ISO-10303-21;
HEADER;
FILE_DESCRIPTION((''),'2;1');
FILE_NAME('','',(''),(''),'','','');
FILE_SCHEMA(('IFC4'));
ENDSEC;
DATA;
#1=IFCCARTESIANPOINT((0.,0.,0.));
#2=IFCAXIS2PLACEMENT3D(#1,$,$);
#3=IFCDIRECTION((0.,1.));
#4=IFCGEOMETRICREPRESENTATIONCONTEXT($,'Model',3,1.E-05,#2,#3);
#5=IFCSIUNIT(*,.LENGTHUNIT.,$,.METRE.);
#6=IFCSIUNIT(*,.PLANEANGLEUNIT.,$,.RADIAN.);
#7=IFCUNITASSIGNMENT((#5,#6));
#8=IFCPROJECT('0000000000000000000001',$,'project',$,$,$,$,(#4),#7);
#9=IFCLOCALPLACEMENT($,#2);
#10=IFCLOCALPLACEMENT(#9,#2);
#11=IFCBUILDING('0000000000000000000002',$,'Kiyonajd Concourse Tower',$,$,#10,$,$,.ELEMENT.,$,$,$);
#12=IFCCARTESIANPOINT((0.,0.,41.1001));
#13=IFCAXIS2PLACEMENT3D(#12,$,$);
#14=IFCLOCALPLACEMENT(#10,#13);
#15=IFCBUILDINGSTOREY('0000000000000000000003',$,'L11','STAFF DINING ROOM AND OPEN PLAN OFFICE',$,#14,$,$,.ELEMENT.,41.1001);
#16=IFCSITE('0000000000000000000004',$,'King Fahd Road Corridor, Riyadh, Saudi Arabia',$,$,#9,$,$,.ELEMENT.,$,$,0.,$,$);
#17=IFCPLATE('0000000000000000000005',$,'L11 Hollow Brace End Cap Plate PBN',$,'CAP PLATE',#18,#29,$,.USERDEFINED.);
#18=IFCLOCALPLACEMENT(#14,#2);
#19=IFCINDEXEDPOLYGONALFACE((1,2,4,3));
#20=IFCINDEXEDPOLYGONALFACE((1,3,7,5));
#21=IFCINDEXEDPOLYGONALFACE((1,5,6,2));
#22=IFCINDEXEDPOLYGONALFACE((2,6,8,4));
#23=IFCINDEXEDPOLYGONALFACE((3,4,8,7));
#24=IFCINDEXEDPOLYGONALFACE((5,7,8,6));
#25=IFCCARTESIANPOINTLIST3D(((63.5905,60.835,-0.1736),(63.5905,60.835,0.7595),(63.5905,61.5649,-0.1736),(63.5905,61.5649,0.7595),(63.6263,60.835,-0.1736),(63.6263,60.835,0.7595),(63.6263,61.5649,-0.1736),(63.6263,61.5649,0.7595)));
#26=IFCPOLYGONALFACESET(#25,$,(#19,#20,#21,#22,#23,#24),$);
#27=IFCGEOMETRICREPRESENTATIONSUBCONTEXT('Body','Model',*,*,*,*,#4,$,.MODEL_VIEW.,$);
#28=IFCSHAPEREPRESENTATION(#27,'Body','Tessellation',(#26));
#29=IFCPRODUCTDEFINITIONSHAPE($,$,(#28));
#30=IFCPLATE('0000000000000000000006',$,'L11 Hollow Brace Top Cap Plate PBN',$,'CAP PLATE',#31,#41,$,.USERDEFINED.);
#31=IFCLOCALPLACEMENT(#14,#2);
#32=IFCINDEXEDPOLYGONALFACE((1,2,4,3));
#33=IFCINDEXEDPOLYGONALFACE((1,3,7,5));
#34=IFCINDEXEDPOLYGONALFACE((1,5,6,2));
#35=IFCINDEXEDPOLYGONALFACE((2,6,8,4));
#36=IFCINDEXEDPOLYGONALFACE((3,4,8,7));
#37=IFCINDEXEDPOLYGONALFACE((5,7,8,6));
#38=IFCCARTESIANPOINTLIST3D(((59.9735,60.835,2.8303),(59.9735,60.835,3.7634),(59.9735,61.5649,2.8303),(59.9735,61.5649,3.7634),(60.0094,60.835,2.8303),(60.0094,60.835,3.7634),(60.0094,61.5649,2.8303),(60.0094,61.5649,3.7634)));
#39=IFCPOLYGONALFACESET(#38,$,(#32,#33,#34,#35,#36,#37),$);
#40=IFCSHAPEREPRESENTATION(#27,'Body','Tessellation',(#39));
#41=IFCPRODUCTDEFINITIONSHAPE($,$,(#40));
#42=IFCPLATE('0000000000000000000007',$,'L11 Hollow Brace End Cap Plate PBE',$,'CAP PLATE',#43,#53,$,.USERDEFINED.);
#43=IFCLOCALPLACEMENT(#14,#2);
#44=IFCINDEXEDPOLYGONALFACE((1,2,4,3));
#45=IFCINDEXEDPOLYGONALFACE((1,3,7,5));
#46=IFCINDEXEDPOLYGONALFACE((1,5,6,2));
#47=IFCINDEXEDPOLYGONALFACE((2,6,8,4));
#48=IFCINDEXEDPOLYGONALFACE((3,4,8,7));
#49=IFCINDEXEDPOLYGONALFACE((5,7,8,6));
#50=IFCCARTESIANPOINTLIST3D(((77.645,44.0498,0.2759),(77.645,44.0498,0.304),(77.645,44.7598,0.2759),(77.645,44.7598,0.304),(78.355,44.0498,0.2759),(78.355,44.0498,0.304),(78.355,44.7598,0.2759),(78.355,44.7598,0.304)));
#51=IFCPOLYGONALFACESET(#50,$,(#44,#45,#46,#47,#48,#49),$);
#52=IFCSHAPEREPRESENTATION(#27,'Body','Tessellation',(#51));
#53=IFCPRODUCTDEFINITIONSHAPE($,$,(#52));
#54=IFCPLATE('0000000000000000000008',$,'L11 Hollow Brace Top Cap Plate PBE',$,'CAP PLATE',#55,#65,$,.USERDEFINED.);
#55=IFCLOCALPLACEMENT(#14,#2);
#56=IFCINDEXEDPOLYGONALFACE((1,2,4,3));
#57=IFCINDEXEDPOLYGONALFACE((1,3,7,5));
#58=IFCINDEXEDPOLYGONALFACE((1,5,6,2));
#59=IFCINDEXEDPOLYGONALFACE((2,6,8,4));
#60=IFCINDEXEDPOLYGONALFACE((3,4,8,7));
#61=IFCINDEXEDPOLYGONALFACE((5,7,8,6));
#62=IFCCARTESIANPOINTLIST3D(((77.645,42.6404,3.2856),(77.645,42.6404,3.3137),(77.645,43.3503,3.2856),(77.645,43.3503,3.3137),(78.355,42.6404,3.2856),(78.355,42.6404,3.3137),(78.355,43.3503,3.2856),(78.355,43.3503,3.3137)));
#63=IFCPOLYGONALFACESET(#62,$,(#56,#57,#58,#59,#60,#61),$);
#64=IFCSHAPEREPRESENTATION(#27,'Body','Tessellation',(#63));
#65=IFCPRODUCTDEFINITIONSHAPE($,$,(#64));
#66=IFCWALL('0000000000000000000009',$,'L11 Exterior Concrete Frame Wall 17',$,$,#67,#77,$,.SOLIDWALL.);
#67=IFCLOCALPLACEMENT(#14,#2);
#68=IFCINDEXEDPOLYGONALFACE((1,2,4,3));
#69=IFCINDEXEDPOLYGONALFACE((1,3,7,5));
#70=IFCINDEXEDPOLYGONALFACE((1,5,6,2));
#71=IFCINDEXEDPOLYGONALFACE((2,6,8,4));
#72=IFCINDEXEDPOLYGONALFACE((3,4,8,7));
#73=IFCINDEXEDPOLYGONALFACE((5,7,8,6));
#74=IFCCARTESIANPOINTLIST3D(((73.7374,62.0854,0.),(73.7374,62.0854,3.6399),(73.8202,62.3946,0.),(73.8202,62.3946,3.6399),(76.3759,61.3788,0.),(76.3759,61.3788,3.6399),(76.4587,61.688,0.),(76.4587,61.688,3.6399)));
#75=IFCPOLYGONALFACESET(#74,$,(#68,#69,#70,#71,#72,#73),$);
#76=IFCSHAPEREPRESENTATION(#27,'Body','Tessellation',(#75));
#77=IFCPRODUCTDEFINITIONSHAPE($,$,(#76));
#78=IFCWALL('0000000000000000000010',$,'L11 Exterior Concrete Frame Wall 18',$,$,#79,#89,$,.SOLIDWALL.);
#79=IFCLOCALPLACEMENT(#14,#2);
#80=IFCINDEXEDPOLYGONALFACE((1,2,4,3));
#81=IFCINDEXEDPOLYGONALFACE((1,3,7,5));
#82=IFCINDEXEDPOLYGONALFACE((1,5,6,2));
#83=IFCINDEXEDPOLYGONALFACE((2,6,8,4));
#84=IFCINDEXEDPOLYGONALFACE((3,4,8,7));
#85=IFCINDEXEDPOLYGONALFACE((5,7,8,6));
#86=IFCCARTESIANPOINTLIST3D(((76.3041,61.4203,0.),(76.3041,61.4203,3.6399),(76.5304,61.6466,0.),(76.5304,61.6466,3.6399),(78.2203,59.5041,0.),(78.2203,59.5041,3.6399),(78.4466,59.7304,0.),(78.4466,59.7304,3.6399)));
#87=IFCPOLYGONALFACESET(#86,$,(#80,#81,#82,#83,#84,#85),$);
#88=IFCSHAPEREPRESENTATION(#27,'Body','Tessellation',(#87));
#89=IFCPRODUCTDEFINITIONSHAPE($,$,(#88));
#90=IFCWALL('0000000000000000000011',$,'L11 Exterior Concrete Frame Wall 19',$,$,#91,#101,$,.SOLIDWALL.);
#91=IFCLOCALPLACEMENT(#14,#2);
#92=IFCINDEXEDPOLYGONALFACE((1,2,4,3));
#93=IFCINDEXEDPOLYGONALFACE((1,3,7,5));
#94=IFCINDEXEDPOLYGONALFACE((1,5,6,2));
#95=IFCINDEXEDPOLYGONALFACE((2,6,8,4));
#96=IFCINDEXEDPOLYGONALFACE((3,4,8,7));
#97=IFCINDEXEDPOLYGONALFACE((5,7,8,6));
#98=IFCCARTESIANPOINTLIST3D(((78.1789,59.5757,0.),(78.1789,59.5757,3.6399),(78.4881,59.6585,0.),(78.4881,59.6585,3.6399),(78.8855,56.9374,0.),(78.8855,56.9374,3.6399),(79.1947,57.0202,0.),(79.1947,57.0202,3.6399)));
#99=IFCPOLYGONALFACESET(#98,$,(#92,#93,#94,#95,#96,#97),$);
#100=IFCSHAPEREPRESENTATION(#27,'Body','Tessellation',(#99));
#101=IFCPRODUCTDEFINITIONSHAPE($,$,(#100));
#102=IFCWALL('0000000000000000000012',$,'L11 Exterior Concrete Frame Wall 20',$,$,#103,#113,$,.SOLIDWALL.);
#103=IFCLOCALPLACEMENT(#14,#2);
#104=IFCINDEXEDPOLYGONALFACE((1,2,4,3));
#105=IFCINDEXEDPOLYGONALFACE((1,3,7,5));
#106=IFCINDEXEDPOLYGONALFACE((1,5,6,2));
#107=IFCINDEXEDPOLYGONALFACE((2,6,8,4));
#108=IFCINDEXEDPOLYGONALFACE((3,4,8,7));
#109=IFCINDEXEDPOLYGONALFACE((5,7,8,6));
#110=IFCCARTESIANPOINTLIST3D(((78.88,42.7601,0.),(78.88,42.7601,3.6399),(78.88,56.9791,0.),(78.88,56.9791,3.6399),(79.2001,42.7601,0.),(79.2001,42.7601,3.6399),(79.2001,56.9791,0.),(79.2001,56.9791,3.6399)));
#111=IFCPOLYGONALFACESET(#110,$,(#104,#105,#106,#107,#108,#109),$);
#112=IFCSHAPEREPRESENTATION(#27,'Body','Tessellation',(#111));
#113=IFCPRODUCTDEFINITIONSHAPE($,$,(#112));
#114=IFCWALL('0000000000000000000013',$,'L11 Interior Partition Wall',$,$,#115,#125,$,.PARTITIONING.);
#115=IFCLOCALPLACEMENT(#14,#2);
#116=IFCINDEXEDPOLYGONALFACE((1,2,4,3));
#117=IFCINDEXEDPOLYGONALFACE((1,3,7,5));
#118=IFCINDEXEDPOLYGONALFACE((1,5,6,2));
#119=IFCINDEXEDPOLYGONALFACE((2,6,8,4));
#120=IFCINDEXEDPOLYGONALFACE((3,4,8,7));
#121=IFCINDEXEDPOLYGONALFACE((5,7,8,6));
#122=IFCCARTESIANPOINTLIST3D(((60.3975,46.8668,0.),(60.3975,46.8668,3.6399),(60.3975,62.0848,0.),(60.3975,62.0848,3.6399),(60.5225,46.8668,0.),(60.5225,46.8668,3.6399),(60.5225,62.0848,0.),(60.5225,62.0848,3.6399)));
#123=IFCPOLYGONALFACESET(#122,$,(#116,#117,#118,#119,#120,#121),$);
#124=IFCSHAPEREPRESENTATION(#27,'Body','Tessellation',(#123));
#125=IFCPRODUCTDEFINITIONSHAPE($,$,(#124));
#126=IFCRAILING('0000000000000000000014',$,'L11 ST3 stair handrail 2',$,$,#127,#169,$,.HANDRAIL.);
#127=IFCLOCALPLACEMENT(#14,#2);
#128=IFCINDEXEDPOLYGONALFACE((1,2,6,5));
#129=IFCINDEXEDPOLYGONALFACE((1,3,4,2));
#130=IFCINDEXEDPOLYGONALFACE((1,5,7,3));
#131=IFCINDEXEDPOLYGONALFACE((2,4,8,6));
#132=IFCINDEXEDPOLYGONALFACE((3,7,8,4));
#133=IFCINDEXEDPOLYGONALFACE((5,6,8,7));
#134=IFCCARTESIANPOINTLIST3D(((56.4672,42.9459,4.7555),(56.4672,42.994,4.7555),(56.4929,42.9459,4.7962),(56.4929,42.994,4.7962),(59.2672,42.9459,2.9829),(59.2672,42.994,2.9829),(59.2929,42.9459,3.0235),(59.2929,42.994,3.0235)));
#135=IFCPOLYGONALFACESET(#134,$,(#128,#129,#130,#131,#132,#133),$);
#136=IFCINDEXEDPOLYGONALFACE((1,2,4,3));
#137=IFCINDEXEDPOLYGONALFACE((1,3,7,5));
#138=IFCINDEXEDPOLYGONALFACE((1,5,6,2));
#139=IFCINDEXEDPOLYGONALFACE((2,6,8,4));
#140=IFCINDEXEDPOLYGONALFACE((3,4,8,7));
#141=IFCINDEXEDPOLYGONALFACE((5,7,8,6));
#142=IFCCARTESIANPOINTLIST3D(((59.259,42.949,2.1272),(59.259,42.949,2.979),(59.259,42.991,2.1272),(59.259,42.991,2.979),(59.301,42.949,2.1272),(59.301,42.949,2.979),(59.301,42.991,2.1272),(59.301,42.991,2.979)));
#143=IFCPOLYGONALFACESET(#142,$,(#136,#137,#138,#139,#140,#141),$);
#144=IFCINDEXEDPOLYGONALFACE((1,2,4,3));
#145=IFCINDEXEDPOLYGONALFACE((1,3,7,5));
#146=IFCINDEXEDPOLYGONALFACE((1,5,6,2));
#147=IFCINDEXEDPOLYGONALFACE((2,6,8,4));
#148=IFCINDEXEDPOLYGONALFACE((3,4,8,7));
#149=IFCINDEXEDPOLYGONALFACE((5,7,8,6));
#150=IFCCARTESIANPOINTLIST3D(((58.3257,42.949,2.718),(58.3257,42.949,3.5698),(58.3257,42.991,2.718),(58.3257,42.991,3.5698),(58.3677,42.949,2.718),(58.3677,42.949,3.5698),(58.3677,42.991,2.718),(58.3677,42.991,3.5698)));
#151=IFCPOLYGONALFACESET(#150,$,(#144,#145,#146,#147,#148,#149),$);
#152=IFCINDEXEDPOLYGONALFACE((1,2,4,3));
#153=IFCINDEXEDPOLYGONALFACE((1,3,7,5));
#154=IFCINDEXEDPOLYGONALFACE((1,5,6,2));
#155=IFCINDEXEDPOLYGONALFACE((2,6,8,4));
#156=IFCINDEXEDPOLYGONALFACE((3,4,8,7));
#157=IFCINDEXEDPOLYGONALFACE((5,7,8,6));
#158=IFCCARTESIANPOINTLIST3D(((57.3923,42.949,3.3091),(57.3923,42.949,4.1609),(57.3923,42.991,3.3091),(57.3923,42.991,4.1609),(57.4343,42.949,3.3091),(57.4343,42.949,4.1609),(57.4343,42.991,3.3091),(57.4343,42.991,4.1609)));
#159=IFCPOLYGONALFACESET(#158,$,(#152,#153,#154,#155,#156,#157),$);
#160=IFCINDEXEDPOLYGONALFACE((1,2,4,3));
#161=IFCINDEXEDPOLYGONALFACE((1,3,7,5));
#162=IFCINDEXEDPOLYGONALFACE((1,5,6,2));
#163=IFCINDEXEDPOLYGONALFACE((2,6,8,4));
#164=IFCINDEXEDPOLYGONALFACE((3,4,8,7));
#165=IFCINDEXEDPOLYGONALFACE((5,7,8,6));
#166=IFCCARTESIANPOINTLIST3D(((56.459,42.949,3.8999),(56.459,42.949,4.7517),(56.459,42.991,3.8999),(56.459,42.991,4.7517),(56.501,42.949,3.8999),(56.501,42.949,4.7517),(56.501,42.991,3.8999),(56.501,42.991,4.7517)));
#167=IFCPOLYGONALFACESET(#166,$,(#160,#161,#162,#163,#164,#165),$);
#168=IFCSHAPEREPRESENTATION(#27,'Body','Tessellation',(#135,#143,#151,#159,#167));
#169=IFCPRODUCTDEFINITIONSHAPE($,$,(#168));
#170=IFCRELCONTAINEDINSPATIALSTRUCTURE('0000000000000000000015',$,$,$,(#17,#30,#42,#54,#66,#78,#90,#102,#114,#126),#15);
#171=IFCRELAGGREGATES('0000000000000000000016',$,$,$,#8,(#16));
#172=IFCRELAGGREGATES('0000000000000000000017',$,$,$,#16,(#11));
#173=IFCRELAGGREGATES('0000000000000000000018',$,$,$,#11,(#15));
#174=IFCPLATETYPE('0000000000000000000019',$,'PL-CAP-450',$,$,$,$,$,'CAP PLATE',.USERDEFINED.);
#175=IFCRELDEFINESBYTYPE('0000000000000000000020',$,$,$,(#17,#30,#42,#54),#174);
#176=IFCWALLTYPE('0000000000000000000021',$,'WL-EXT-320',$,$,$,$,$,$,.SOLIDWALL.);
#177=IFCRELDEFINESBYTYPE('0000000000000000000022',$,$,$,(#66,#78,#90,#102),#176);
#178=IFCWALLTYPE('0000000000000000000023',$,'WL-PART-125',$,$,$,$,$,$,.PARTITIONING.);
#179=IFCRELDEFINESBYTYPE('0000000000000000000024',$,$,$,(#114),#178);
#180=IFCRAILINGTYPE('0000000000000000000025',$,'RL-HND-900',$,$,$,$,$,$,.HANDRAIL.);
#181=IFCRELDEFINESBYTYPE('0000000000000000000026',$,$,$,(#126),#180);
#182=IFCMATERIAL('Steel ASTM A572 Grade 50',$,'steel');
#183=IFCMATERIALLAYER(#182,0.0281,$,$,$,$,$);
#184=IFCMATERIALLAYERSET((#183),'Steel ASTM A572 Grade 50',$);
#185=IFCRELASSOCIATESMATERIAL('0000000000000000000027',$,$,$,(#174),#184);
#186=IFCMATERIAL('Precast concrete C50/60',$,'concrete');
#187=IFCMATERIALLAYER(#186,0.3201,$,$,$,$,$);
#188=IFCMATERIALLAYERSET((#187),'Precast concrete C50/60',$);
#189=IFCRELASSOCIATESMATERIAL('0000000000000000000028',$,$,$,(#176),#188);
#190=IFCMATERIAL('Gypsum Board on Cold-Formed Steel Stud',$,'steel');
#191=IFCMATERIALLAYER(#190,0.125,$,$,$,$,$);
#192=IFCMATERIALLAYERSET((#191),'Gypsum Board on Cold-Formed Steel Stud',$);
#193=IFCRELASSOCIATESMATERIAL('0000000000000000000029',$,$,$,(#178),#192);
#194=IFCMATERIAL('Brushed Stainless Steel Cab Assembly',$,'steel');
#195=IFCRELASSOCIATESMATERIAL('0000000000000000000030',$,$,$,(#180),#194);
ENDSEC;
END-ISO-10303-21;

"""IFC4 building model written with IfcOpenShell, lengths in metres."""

from ifc_helpers import new_model, si_unit, direction, frame, frame_2d, origin, origin_2d, place, context, subcontext, project, spatial, rectangle, extrude, material, layer, layer_set, type_object, element, save


model = new_model("IFC4")

# Units and contexts
model_context = context("Model", 3, precision=1e-05, world=origin(), true_north=direction((0.0, 1.0)))
body_context = subcontext(model_context, "Body", "Model", "MODEL_VIEW")
ifc_project = project(units=[si_unit("LENGTHUNIT", "METRE"), si_unit("PLANEANGLEUNIT", "RADIAN")], contexts=[model_context])

# Site, building, storey
site_placement = place(None, origin())
site = spatial("IfcSite", under=ifc_project, at=site_placement, Name="King Fahd Road Corridor, Riyadh, Saudi Arabia", CompositionType="ELEMENT", RefElevation=0.0)
building_placement = place(site_placement, origin())
building = spatial("IfcBuilding", under=site, at=building_placement, Name="Kiyonajd Concourse Tower", CompositionType="ELEMENT")
storey_placement = place(building_placement, frame((0.0, 0.0, 41.1001)))
storey = spatial("IfcBuildingStorey", under=building, at=storey_placement, Name="L11", Description="STAFF DINING ROOM AND OPEN PLAN OFFICE", CompositionType="ELEMENT", Elevation=41.1001)

# Shared definitions
ifc_material_1 = material(Name="Precast concrete C50/60", Category="concrete")

# Shared definitions
ifc_material_2 = material(Name="Steel ASTM A572 Grade 50", Category="steel")

# Plates
ifc_layer_1 = layer(ifc_material_2, 0.0281)
ifc_layer_set_1 = layer_set([ifc_layer_1], Name="Steel ASTM A572 Grade 50")
plate_type = type_object("IfcPlateType", Name="PL-CAP-450", ElementType="CAP PLATE", PredefinedType="USERDEFINED", material=ifc_layer_set_1)
for number, where, z_axis, x_axis, name in (
    (1, (63.6084, 61.2, -0.1736), (0.0, 0.0, 1.0), (1.0, 0.0, 0.0), "L11 Hollow Brace End Cap Plate PBN"),
    (2, (59.9915, 61.2, 2.8303), (0.0, 0.0, 1.0), (-1.0, 0.0, 0.0), "L11 Hollow Brace Top Cap Plate PBN"),
):
    element("IfcPlate", number, at=place(storey_placement, frame(where, z_axis=z_axis, x_axis=x_axis)), inside=storey, type_object=plate_type, Name=name, ObjectType="CAP PLATE", PredefinedType="USERDEFINED", context=body_context, shape_type="SweptSolid", body=[
        extrude(rectangle(XDim=0.0359, YDim=0.73, at=origin_2d()), origin(), (0.0, 0.0, 1.0), 0.9331),
    ])
for number, where, z_axis, x_axis, name in (
    (3, (78.0, 44.4048, 0.2759), (0.0, 0.0, 1.0), (1.0, 0.0, 0.0), "L11 Hollow Brace End Cap Plate PBE"),
    (4, (78.0, 42.9954, 3.2856), (0.0, 0.0, 1.0), (1.0, 0.0, 0.0), "L11 Hollow Brace Top Cap Plate PBE"),
):
    element("IfcPlate", number, at=place(storey_placement, frame(where, z_axis=z_axis, x_axis=x_axis)), inside=storey, type_object=plate_type, Name=name, ObjectType="CAP PLATE", PredefinedType="USERDEFINED", context=body_context, shape_type="SweptSolid", body=[
        extrude(rectangle(XDim=0.71, YDim=0.71, at=origin_2d()), origin(), (0.0, 0.0, 1.0), 0.0281),
    ])

# Walls
ifc_layer_2 = layer(ifc_material_1, 0.3201)
ifc_layer_set_2 = layer_set([ifc_layer_2], Name="Precast concrete C50/60")
wall_type_1 = type_object("IfcWallType", Name="WL-EXT-320", PredefinedType="SOLIDWALL", material=ifc_layer_set_2)
wall_1_placement = place(storey_placement, frame((73.7788, 62.24, 0.0), z_axis=(0.0, 0.0, 1.0), x_axis=(0.965964, -0.258675, 0.0)))
element("IfcWall", 5, at=wall_1_placement, inside=storey, type_object=wall_type_1, Name="L11 Exterior Concrete Frame Wall 17", PredefinedType="SOLIDWALL", context=body_context, shape_type="SweptSolid", body=[
    extrude(rectangle(XDim=2.7314, YDim=0.3201, at=frame_2d((1.3657, 0.0))), origin(), (0.0, 0.0, 1.0), 3.6399),
])
wall_2_placement = place(storey_placement, frame((76.4172, 61.5334, 0.0), z_axis=(0.0, 0.0, 1.0), x_axis=(0.707107, -0.707107, 0.0)))
element("IfcWall", 6, at=wall_2_placement, inside=storey, type_object=wall_type_1, Name="L11 Exterior Concrete Frame Wall 18", PredefinedType="SOLIDWALL", context=body_context, shape_type="SweptSolid", body=[
    extrude(rectangle(XDim=2.71, YDim=0.3201, at=frame_2d((1.355, 0.0))), origin(), (0.0, 0.0, 1.0), 3.6399),
])
wall_3_placement = place(storey_placement, frame((78.3335, 59.6172, 0.0), z_axis=(0.0, 0.0, 1.0), x_axis=(0.258697, -0.965958, 0.0)))
element("IfcWall", 7, at=wall_3_placement, inside=storey, type_object=wall_type_1, Name="L11 Exterior Concrete Frame Wall 19", PredefinedType="SOLIDWALL", context=body_context, shape_type="SweptSolid", body=[
    extrude(rectangle(XDim=2.7312, YDim=0.3201, at=frame_2d((1.3657, 0.0))), origin(), (0.0, 0.0, 1.0), 3.6399),
])
wall_4_placement = place(storey_placement, frame((79.04, 56.979, 0.0), z_axis=(0.0, 0.0, 1.0), x_axis=(0.0, -1.0, 0.0)))
element("IfcWall", 8, at=wall_4_placement, inside=storey, type_object=wall_type_1, Name="L11 Exterior Concrete Frame Wall 20", PredefinedType="SOLIDWALL", context=body_context, shape_type="SweptSolid", body=[
    extrude(rectangle(XDim=14.219, YDim=0.3201, at=frame_2d((7.1094, 0.0))), origin(), (0.0, 0.0, 1.0), 3.6399),
])
ifc_material_3 = material(Name="Gypsum Board on Cold-Formed Steel Stud", Category="steel")
ifc_layer_3 = layer(ifc_material_3, 0.125)
ifc_layer_set_3 = layer_set([ifc_layer_3], Name="Gypsum Board on Cold-Formed Steel Stud")
wall_type_2 = type_object("IfcWallType", Name="WL-PART-125", PredefinedType="PARTITIONING", material=ifc_layer_set_3)
wall_5_placement = place(storey_placement, frame((60.46, 46.8669, 0.0), z_axis=(0.0, 0.0, 1.0), x_axis=(0.0, 1.0, 0.0)))
element("IfcWall", 9, at=wall_5_placement, inside=storey, type_object=wall_type_2, Name="L11 Interior Partition Wall", PredefinedType="PARTITIONING", context=body_context, shape_type="SweptSolid", body=[
    extrude(rectangle(XDim=15.218, YDim=0.125, at=frame_2d((7.6089, 0.0))), origin(), (0.0, 0.0, 1.0), 3.6399),
])

# Railing
ifc_material_4 = material(Name="Brushed Stainless Steel Cab Assembly", Category="steel")
railing_type = type_object("IfcRailingType", Name="RL-HND-900", PredefinedType="HANDRAIL", material=ifc_material_4)
railing_placement = place(storey_placement, frame((59.28, 42.97, 2.1272)))
element("IfcRailing", 10, at=railing_placement, inside=storey, type_object=railing_type, Name="L11 ST3 stair handrail 2", PredefinedType="HANDRAIL", context=body_context, shape_type="SweptSolid", body=[
    extrude(rectangle(XDim=0.0481, YDim=0.0481, at=origin_2d()), frame((0.0, 0.0, 0.876), z_axis=(-0.844909, 0.0, 0.53491), x_axis=(0.0, -1.0, 0.0)), (0.0, 0.0, 1.0), 3.314),
    extrude(rectangle(XDim=0.042, YDim=0.042, at=origin_2d()), origin(), (0.0, 0.0, 1.0), 0.8518),
    extrude(rectangle(XDim=0.042, YDim=0.042, at=origin_2d()), frame((-0.9333, 0.0, 0.5908)), (0.0, 0.0, 1.0), 0.8518),
    extrude(rectangle(XDim=0.042, YDim=0.042, at=origin_2d()), frame((-1.8667, 0.0, 1.1819)), (0.0, 0.0, 1.0), 0.8518),
    extrude(rectangle(XDim=0.042, YDim=0.042, at=origin_2d()), frame((-2.8, 0.0, 1.7727)), (0.0, 0.0, 1.0), 0.8518),
])

save(model, "model.ifc")
